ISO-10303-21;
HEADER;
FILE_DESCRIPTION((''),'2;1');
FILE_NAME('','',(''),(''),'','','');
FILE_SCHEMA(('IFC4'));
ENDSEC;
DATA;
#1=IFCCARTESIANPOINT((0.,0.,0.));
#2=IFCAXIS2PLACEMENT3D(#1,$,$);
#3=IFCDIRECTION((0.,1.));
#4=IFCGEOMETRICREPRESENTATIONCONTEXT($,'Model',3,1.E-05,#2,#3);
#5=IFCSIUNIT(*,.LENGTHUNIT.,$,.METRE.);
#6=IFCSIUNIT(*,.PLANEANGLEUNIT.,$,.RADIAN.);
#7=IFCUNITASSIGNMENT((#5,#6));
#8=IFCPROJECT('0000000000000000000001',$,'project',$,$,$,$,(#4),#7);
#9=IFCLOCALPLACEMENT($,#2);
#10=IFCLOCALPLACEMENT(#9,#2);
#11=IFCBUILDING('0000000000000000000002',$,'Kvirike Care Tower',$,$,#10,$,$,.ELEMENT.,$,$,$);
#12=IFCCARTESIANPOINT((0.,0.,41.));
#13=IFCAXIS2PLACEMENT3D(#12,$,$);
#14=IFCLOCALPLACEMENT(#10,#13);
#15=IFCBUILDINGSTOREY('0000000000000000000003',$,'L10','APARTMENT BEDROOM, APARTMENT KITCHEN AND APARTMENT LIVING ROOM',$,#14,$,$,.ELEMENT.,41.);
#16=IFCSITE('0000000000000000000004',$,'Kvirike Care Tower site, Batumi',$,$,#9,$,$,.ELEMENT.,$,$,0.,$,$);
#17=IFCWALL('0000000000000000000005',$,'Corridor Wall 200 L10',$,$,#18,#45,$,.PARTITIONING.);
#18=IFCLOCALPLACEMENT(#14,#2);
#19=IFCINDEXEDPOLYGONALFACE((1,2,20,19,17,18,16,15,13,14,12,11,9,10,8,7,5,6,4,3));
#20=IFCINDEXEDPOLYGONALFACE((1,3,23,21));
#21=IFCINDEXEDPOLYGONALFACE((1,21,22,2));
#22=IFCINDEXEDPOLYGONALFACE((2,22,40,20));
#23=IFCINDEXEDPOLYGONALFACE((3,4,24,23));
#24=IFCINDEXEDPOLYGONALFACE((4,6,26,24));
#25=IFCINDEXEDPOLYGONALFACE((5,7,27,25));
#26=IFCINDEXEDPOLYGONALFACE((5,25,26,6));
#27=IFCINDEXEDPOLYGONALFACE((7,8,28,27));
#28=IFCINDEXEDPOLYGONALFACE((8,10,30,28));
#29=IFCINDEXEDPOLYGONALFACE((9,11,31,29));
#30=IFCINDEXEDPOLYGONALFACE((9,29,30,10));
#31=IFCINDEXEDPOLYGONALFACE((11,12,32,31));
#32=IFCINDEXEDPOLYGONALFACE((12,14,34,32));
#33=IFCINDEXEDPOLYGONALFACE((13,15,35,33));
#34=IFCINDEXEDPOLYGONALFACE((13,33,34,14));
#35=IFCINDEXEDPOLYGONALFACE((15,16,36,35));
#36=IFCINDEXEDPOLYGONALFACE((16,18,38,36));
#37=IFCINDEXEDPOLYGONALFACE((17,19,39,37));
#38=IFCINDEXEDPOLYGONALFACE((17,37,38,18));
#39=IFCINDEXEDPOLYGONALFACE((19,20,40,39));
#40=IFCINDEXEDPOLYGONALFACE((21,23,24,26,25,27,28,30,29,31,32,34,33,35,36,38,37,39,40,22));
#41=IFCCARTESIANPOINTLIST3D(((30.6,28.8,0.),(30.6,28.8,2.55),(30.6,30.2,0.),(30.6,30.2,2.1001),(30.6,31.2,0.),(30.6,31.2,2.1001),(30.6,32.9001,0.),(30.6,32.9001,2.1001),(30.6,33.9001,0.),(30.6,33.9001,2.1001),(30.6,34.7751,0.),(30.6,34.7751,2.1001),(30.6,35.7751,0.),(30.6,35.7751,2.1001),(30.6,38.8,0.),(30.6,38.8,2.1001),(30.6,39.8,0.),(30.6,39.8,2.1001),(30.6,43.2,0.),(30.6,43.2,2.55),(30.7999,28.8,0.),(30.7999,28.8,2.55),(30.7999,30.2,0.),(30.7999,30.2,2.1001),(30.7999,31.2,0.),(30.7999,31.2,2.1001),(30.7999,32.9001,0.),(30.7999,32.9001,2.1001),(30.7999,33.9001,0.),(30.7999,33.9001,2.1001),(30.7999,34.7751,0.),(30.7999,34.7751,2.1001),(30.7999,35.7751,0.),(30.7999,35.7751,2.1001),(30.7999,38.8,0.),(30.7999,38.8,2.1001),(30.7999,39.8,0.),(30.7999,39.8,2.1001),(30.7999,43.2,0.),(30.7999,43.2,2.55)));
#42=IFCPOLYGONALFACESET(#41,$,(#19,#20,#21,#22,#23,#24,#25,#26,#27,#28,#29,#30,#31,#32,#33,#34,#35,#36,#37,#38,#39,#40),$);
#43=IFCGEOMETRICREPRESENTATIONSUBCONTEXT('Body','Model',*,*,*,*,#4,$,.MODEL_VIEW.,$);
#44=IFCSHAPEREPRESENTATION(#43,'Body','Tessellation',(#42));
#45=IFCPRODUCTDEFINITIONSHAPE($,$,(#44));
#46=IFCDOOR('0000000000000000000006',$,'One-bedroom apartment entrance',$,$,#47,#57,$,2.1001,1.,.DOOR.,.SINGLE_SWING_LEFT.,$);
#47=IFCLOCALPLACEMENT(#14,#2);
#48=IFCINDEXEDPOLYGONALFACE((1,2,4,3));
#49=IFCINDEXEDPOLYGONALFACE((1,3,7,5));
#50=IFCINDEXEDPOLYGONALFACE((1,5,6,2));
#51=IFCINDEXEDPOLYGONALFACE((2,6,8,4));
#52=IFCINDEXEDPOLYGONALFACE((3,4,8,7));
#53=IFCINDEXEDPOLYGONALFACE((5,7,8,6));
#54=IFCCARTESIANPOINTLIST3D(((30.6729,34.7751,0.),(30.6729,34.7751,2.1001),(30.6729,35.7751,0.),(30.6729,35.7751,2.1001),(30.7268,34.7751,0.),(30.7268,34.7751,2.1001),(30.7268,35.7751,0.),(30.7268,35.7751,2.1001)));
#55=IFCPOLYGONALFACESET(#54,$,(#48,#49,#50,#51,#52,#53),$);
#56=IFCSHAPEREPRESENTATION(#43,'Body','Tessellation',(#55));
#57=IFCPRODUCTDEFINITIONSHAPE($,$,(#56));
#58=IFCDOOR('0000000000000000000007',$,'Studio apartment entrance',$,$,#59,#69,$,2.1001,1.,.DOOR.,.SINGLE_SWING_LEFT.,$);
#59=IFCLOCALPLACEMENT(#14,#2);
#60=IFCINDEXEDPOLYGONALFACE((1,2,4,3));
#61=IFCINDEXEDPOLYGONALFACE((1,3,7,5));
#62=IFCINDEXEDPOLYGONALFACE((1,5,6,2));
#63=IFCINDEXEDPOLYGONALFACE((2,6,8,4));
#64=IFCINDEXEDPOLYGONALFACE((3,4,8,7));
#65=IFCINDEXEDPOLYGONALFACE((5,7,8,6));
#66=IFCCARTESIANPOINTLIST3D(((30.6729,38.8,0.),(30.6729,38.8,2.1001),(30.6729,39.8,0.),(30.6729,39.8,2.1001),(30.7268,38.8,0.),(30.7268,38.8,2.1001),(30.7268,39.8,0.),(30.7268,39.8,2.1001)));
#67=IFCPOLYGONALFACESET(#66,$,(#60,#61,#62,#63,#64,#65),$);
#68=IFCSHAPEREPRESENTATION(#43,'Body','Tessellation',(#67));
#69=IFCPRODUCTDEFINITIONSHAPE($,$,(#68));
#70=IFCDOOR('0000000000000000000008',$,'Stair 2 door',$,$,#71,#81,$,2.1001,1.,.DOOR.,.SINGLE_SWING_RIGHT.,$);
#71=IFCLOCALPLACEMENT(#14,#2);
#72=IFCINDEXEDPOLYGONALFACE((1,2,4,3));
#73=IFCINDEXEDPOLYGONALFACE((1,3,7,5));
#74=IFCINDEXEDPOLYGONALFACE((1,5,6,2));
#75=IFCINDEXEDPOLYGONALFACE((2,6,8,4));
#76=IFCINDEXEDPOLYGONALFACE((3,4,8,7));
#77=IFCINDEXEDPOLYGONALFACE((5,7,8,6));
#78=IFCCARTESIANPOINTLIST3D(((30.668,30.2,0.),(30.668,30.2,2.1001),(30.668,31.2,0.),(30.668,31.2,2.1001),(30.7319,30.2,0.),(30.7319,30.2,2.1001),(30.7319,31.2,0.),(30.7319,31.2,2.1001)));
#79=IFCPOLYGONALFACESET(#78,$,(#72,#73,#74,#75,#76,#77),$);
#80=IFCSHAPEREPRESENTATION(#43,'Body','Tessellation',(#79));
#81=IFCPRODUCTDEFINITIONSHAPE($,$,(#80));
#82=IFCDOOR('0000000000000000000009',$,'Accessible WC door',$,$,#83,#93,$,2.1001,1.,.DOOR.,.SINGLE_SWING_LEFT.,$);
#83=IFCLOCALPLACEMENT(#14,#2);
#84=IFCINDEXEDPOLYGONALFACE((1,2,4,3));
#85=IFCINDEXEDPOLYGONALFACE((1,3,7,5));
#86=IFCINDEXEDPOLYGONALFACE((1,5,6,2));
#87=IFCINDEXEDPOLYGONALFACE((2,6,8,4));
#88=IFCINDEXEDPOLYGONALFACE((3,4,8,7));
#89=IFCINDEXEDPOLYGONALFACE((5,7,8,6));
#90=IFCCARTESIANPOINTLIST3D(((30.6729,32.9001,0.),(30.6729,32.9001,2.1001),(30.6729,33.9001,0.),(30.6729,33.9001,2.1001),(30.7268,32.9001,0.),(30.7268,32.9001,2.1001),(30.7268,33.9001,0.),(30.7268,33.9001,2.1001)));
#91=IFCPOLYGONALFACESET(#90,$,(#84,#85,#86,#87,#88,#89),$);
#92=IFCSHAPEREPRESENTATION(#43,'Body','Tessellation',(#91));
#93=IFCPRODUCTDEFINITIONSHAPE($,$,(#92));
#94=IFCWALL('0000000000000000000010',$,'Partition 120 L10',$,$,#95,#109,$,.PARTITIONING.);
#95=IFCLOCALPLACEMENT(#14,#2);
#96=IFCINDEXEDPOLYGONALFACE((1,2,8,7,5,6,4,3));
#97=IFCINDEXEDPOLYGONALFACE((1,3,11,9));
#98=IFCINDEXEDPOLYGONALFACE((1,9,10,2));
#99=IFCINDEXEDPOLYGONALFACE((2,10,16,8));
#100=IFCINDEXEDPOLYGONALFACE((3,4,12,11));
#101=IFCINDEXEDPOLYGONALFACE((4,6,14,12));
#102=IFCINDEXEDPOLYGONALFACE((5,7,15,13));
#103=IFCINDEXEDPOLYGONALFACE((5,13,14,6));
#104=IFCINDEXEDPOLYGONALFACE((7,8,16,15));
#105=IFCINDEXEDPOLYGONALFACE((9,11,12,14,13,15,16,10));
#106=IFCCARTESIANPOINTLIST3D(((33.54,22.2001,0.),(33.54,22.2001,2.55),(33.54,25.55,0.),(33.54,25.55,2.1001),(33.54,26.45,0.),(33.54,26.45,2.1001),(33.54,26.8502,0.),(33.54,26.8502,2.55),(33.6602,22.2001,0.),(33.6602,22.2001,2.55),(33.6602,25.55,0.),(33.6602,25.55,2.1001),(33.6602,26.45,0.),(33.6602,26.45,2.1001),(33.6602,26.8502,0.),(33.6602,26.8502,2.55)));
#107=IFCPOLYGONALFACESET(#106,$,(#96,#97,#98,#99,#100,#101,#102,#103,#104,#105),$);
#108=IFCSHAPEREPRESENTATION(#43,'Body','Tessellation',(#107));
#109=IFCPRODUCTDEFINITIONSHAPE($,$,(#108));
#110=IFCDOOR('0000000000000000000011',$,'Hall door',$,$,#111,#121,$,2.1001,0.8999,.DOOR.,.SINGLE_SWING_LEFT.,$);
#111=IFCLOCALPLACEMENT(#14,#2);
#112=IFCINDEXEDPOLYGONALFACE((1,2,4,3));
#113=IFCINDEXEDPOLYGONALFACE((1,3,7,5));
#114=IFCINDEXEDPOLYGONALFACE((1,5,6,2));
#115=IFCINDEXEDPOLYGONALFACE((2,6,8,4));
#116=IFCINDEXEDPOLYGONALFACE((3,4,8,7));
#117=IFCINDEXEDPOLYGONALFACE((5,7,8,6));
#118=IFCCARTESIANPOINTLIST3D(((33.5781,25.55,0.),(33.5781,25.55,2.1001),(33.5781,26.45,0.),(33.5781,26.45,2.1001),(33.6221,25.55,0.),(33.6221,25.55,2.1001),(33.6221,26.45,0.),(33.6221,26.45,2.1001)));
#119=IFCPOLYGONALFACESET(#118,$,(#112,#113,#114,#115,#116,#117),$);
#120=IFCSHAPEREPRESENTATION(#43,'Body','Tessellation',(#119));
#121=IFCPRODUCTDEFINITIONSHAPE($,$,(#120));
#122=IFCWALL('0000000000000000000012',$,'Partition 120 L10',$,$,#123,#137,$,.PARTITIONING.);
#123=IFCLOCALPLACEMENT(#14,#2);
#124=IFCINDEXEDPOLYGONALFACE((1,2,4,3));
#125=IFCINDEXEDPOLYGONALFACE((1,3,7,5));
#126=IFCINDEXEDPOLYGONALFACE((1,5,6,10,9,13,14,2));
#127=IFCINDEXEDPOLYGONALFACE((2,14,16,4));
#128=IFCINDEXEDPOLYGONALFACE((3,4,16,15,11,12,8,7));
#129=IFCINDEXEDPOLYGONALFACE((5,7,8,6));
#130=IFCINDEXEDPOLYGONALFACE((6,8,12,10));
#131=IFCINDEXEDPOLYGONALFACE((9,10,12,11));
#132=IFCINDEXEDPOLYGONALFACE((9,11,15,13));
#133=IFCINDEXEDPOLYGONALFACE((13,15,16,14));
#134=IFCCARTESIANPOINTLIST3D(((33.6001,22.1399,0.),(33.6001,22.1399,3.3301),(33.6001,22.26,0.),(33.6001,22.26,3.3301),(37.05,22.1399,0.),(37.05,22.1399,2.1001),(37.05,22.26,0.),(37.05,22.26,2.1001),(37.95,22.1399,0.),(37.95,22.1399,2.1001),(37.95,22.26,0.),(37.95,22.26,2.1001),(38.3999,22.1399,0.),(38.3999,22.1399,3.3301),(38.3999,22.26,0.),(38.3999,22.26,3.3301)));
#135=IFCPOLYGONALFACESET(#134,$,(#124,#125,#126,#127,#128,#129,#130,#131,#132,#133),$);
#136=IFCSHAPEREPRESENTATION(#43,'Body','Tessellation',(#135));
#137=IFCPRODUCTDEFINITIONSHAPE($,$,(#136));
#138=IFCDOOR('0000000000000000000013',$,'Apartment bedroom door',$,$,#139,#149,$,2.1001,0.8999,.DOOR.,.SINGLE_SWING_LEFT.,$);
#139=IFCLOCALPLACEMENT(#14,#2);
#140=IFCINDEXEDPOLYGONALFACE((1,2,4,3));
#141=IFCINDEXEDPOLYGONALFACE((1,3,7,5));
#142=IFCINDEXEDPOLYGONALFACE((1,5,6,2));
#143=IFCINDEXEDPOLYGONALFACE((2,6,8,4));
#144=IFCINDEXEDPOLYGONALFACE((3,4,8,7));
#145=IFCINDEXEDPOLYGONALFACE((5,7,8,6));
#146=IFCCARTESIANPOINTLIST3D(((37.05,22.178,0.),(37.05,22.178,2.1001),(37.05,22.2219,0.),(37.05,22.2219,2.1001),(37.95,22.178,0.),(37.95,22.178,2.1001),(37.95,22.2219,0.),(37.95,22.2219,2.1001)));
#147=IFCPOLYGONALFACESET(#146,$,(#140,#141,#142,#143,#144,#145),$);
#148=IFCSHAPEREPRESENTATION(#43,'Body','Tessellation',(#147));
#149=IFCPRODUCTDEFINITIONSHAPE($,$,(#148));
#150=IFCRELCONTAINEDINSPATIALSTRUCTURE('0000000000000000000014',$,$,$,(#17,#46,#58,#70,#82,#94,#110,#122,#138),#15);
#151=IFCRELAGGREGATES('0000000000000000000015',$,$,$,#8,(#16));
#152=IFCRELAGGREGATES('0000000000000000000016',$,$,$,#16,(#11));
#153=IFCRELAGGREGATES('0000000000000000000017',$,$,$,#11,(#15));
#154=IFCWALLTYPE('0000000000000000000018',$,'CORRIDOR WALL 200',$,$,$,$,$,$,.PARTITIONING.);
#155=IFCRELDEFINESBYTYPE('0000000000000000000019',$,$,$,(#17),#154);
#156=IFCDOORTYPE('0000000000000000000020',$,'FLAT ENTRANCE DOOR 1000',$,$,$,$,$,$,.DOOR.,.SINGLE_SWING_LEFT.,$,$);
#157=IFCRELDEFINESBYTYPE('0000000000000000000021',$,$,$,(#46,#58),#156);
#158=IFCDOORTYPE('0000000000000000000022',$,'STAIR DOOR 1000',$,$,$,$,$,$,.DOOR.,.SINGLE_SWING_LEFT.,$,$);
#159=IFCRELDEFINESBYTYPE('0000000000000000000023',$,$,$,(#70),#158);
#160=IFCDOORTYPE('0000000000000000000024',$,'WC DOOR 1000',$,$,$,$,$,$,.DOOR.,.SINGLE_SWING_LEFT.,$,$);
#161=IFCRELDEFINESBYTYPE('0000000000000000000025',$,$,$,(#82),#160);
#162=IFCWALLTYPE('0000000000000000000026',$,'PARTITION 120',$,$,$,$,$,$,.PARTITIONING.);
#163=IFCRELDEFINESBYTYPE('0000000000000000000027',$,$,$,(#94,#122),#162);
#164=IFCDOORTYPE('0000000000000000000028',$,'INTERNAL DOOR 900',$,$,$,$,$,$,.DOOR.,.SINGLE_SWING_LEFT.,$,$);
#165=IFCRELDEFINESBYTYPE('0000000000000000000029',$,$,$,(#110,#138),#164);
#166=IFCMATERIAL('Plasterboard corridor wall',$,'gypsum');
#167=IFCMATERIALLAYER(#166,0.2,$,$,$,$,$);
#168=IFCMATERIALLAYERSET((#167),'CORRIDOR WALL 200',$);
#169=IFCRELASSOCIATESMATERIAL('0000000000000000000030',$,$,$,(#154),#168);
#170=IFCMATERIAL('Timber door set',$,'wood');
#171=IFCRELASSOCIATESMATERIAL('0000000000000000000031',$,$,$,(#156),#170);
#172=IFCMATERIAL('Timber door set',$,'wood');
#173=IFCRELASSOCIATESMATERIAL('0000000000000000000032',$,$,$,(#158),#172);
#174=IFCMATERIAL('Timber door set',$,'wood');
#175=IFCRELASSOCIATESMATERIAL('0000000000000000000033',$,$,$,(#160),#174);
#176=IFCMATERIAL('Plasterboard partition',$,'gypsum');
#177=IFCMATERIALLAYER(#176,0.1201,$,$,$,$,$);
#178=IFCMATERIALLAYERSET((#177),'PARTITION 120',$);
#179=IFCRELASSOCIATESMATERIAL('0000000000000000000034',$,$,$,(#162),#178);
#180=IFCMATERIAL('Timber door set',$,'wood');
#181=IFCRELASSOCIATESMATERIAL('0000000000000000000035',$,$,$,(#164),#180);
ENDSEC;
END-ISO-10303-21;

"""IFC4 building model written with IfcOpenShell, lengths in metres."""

from ifc_helpers import new_model, si_unit, direction, frame, frame_2d, origin, place, context, subcontext, project, spatial, rectangle, extrude, material, layer, layer_set, type_object, element, fill, save


model = new_model("IFC4")

# Units and contexts
model_context = context("Model", 3, precision=1e-05, world=origin(), true_north=direction((0.0, 1.0)))
body_context = subcontext(model_context, "Body", "Model", "MODEL_VIEW")
ifc_project = project(units=[si_unit("LENGTHUNIT", "METRE"), si_unit("PLANEANGLEUNIT", "RADIAN")], contexts=[model_context])

# Site, building, storey
site_placement = place(None, origin())
site = spatial("IfcSite", under=ifc_project, at=site_placement, Name="Kvirike Care Tower site, Batumi", CompositionType="ELEMENT", RefElevation=0.0)
building_placement = place(site_placement, origin())
building = spatial("IfcBuilding", under=site, at=building_placement, Name="Kvirike Care Tower", CompositionType="ELEMENT")
storey_placement = place(building_placement, frame((0.0, 0.0, 41.0)))
storey = spatial("IfcBuildingStorey", under=building, at=storey_placement, Name="L10", Description="APARTMENT BEDROOM, APARTMENT KITCHEN AND APARTMENT LIVING ROOM", CompositionType="ELEMENT", Elevation=41.0)

# Shared definitions
ifc_material_1 = material(Name="Plasterboard corridor wall", Category="gypsum")
ifc_layer_1 = layer(ifc_material_1, 0.2)
ifc_layer_set_1 = layer_set([ifc_layer_1], Name="CORRIDOR WALL 200")
wall_type_1 = type_object("IfcWallType", Name="CORRIDOR WALL 200", PredefinedType="PARTITIONING", material=ifc_layer_set_1)
ifc_material_2 = material(Name="Timber door set", Category="wood")
door_type_1 = type_object("IfcDoorType", Name="FLAT ENTRANCE DOOR 1000", OperationType="SINGLE_SWING_LEFT", PredefinedType="DOOR", material=ifc_material_2)

# Wall, openings, doors
wall_1_placement = place(storey_placement, frame((30.7, 28.8, 0.0), z_axis=(0.0, 0.0, 1.0), x_axis=(0.0, 1.0, 0.0)))
wall_1 = element("IfcWall", 1, at=wall_1_placement, inside=storey, type_object=wall_type_1, Name="Corridor Wall 200 L10", PredefinedType="PARTITIONING", context=body_context, shape_type="SweptSolid", body=[
    extrude(rectangle(XDim=14.3999, YDim=0.2, at=frame_2d((7.2, 0.0))), origin(), (0.0, 0.0, 1.0), 2.55),
])
opening_1_placement = place(wall_1_placement, frame((1.3999, 0.0, 0.0)))
opening_1 = element("IfcOpeningElement", 2, at=opening_1_placement, cuts=wall_1, PredefinedType="OPENING", context=body_context, shape_type="SweptSolid", body=[
    extrude(rectangle(XDim=1.0, YDim=2.1001, at=frame_2d((0.5, 1.05))), frame((0.0, 0.1106, 0.0), z_axis=(0.0, -1.0, 0.0), x_axis=(1.0, 0.0, 0.0)), (0.0, 0.0, 1.0), 0.2209),
])
opening_2_placement = place(wall_1_placement, frame((4.1001, 0.0, 0.0)))
opening_2 = element("IfcOpeningElement", 3, at=opening_2_placement, cuts=wall_1, PredefinedType="OPENING", context=body_context, shape_type="SweptSolid", body=[
    extrude(rectangle(XDim=1.0, YDim=2.1001, at=frame_2d((0.5, 1.05))), frame((0.0, 0.1106, 0.0), z_axis=(0.0, -1.0, 0.0), x_axis=(1.0, 0.0, 0.0)), (0.0, 0.0, 1.0), 0.2209),
])
opening_3_placement = place(wall_1_placement, frame((5.9751, 0.0, 0.0)))
opening_3 = element("IfcOpeningElement", 4, at=opening_3_placement, cuts=wall_1, PredefinedType="OPENING", context=body_context, shape_type="SweptSolid", body=[
    extrude(rectangle(XDim=1.0, YDim=2.1001, at=frame_2d((0.5, 1.05))), frame((0.0, 0.1106, 0.0), z_axis=(0.0, -1.0, 0.0), x_axis=(1.0, 0.0, 0.0)), (0.0, 0.0, 1.0), 0.2209),
])
opening_4_placement = place(wall_1_placement, frame((10.0, 0.0, 0.0)))
opening_4 = element("IfcOpeningElement", 5, at=opening_4_placement, cuts=wall_1, PredefinedType="OPENING", context=body_context, shape_type="SweptSolid", body=[
    extrude(rectangle(XDim=1.0, YDim=2.1001, at=frame_2d((0.5, 1.05))), frame((0.0, 0.1106, 0.0), z_axis=(0.0, -1.0, 0.0), x_axis=(1.0, 0.0, 0.0)), (0.0, 0.0, 1.0), 0.2209),
])
door_1_placement = place(opening_3_placement, frame((1.0, 0.0, 0.0), z_axis=(0.0, 0.0, 1.0), x_axis=(-1.0, 0.0, 0.0)))
door_1 = element("IfcDoor", 6, at=door_1_placement, inside=storey, type_object=door_type_1, Name="One-bedroom apartment entrance", OperationType="SINGLE_SWING_LEFT", OverallHeight=2.1001, OverallWidth=1.0, PredefinedType="DOOR", context=body_context, shape_type="SweptSolid", body=[
    extrude(rectangle(XDim=1.0, YDim=2.1001, at=frame_2d((0.5, 1.05))), frame((0.0, 0.0269, 0.0), z_axis=(0.0, -1.0, 0.0), x_axis=(1.0, 0.0, 0.0)), (0.0, 0.0, 1.0), 0.054),
])
fill(opening_3, door_1)
door_2_placement = place(opening_4_placement, frame((1.0, 0.0, 0.0), z_axis=(0.0, 0.0, 1.0), x_axis=(-1.0, 0.0, 0.0)))
door_2 = element("IfcDoor", 7, at=door_2_placement, inside=storey, type_object=door_type_1, Name="Studio apartment entrance", OperationType="SINGLE_SWING_LEFT", OverallHeight=2.1001, OverallWidth=1.0, PredefinedType="DOOR", context=body_context, shape_type="SweptSolid", body=[
    extrude(rectangle(XDim=1.0, YDim=2.1001, at=frame_2d((0.5, 1.05))), frame((0.0, 0.0269, 0.0), z_axis=(0.0, -1.0, 0.0), x_axis=(1.0, 0.0, 0.0)), (0.0, 0.0, 1.0), 0.054),
])
fill(opening_4, door_2)
ifc_material_3 = material(Name="Timber door set", Category="wood")
door_type_2 = type_object("IfcDoorType", Name="STAIR DOOR 1000", OperationType="SINGLE_SWING_LEFT", PredefinedType="DOOR", material=ifc_material_3)
door_3_placement = place(opening_1_placement, frame((1.0, 0.0, 0.0), z_axis=(0.0, 0.0, 1.0), x_axis=(-1.0, 0.0, 0.0)))
door_3 = element("IfcDoor", 8, at=door_3_placement, inside=storey, type_object=door_type_2, Name="Stair 2 door", OperationType="SINGLE_SWING_RIGHT", OverallHeight=2.1001, OverallWidth=1.0, PredefinedType="DOOR", context=body_context, shape_type="SweptSolid", body=[
    extrude(rectangle(XDim=1.0, YDim=2.1001, at=frame_2d((0.5, 1.05))), frame((0.0, 0.032, 0.0), z_axis=(0.0, -1.0, 0.0), x_axis=(1.0, 0.0, 0.0)), (0.0, 0.0, 1.0), 0.064),
])
fill(opening_1, door_3)
ifc_material_4 = material(Name="Timber door set", Category="wood")
door_type_3 = type_object("IfcDoorType", Name="WC DOOR 1000", OperationType="SINGLE_SWING_LEFT", PredefinedType="DOOR", material=ifc_material_4)
door_4_placement = place(opening_2_placement, frame((1.0, 0.0, 0.0), z_axis=(0.0, 0.0, 1.0), x_axis=(-1.0, 0.0, 0.0)))
door_4 = element("IfcDoor", 9, at=door_4_placement, inside=storey, type_object=door_type_3, Name="Accessible WC door", OperationType="SINGLE_SWING_LEFT", OverallHeight=2.1001, OverallWidth=1.0, PredefinedType="DOOR", context=body_context, shape_type="SweptSolid", body=[
    extrude(rectangle(XDim=1.0, YDim=2.1001, at=frame_2d((0.5, 1.05))), frame((0.0, 0.0269, 0.0), z_axis=(0.0, -1.0, 0.0), x_axis=(1.0, 0.0, 0.0)), (0.0, 0.0, 1.0), 0.054),
])
fill(opening_2, door_4)

# Walls, openings, doors
ifc_material_5 = material(Name="Plasterboard partition", Category="gypsum")
ifc_layer_2 = layer(ifc_material_5, 0.1201)
ifc_layer_set_2 = layer_set([ifc_layer_2], Name="PARTITION 120")
wall_type_2 = type_object("IfcWallType", Name="PARTITION 120", PredefinedType="PARTITIONING", material=ifc_layer_set_2)
wall_2_placement = place(storey_placement, frame((33.6001, 22.2, 0.0), z_axis=(0.0, 0.0, 1.0), x_axis=(0.0, 1.0, 0.0)))
wall_2 = element("IfcWall", 10, at=wall_2_placement, inside=storey, type_object=wall_type_2, Name="Partition 120 L10", PredefinedType="PARTITIONING", context=body_context, shape_type="SweptSolid", body=[
    extrude(rectangle(XDim=4.6501, YDim=0.1201, at=frame_2d((2.3252, 0.0))), origin(), (0.0, 0.0, 1.0), 2.55),
])
opening_5_placement = place(wall_2_placement, frame((3.3501, 0.0, 0.0)))
opening_5 = element("IfcOpeningElement", 11, at=opening_5_placement, cuts=wall_2, PredefinedType="OPENING", context=body_context, shape_type="SweptSolid", body=[
    extrude(rectangle(XDim=0.8999, YDim=2.1001, at=frame_2d((0.45, 1.05))), frame((0.0, 0.0706, 0.0), z_axis=(0.0, -1.0, 0.0), x_axis=(1.0, 0.0, 0.0)), (0.0, 0.0, 1.0), 0.1411),
])
ifc_material_6 = material(Name="Timber door set", Category="wood")
door_type_4 = type_object("IfcDoorType", Name="INTERNAL DOOR 900", OperationType="SINGLE_SWING_LEFT", PredefinedType="DOOR", material=ifc_material_6)
door_5_placement = place(opening_5_placement, origin())
door_5 = element("IfcDoor", 12, at=door_5_placement, inside=storey, type_object=door_type_4, Name="Hall door", OperationType="SINGLE_SWING_LEFT", OverallHeight=2.1001, OverallWidth=0.8999, PredefinedType="DOOR", context=body_context, shape_type="SweptSolid", body=[
    extrude(rectangle(XDim=0.8999, YDim=2.1001, at=frame_2d((0.45, 1.05))), frame((0.0, 0.022, 0.0), z_axis=(0.0, -1.0, 0.0), x_axis=(1.0, 0.0, 0.0)), (0.0, 0.0, 1.0), 0.0439),
])
fill(opening_5, door_5)
wall_3_placement = place(storey_placement, frame((33.6001, 22.2, 0.0), z_axis=(0.0, 0.0, 1.0), x_axis=(1.0, 0.0, 0.0)))
wall_3 = element("IfcWall", 13, at=wall_3_placement, inside=storey, type_object=wall_type_2, Name="Partition 120 L10", PredefinedType="PARTITIONING", context=body_context, shape_type="SweptSolid", body=[
    extrude(rectangle(XDim=4.7998, YDim=0.1201, at=frame_2d((2.3999, 0.0))), origin(), (0.0, 0.0, 1.0), 3.3301),
])
opening_6_placement = place(wall_3_placement, frame((3.45, 0.0, 0.0)))
opening_6 = element("IfcOpeningElement", 14, at=opening_6_placement, cuts=wall_3, PredefinedType="OPENING", context=body_context, shape_type="SweptSolid", body=[
    extrude(rectangle(XDim=0.8999, YDim=2.1001, at=frame_2d((0.45, 1.05))), frame((0.0, 0.0706, 0.0), z_axis=(0.0, -1.0, 0.0), x_axis=(1.0, 0.0, 0.0)), (0.0, 0.0, 1.0), 0.1411),
])
door_6_placement = place(opening_6_placement, origin())
door_6 = element("IfcDoor", 15, at=door_6_placement, inside=storey, type_object=door_type_4, Name="Apartment bedroom door", OperationType="SINGLE_SWING_LEFT", OverallHeight=2.1001, OverallWidth=0.8999, PredefinedType="DOOR", context=body_context, shape_type="SweptSolid", body=[
    extrude(rectangle(XDim=0.8999, YDim=2.1001, at=frame_2d((0.45, 1.05))), frame((0.0, 0.022, 0.0), z_axis=(0.0, -1.0, 0.0), x_axis=(1.0, 0.0, 0.0)), (0.0, 0.0, 1.0), 0.0439),
])
fill(opening_6, door_6)

save(model, "model.ifc")
